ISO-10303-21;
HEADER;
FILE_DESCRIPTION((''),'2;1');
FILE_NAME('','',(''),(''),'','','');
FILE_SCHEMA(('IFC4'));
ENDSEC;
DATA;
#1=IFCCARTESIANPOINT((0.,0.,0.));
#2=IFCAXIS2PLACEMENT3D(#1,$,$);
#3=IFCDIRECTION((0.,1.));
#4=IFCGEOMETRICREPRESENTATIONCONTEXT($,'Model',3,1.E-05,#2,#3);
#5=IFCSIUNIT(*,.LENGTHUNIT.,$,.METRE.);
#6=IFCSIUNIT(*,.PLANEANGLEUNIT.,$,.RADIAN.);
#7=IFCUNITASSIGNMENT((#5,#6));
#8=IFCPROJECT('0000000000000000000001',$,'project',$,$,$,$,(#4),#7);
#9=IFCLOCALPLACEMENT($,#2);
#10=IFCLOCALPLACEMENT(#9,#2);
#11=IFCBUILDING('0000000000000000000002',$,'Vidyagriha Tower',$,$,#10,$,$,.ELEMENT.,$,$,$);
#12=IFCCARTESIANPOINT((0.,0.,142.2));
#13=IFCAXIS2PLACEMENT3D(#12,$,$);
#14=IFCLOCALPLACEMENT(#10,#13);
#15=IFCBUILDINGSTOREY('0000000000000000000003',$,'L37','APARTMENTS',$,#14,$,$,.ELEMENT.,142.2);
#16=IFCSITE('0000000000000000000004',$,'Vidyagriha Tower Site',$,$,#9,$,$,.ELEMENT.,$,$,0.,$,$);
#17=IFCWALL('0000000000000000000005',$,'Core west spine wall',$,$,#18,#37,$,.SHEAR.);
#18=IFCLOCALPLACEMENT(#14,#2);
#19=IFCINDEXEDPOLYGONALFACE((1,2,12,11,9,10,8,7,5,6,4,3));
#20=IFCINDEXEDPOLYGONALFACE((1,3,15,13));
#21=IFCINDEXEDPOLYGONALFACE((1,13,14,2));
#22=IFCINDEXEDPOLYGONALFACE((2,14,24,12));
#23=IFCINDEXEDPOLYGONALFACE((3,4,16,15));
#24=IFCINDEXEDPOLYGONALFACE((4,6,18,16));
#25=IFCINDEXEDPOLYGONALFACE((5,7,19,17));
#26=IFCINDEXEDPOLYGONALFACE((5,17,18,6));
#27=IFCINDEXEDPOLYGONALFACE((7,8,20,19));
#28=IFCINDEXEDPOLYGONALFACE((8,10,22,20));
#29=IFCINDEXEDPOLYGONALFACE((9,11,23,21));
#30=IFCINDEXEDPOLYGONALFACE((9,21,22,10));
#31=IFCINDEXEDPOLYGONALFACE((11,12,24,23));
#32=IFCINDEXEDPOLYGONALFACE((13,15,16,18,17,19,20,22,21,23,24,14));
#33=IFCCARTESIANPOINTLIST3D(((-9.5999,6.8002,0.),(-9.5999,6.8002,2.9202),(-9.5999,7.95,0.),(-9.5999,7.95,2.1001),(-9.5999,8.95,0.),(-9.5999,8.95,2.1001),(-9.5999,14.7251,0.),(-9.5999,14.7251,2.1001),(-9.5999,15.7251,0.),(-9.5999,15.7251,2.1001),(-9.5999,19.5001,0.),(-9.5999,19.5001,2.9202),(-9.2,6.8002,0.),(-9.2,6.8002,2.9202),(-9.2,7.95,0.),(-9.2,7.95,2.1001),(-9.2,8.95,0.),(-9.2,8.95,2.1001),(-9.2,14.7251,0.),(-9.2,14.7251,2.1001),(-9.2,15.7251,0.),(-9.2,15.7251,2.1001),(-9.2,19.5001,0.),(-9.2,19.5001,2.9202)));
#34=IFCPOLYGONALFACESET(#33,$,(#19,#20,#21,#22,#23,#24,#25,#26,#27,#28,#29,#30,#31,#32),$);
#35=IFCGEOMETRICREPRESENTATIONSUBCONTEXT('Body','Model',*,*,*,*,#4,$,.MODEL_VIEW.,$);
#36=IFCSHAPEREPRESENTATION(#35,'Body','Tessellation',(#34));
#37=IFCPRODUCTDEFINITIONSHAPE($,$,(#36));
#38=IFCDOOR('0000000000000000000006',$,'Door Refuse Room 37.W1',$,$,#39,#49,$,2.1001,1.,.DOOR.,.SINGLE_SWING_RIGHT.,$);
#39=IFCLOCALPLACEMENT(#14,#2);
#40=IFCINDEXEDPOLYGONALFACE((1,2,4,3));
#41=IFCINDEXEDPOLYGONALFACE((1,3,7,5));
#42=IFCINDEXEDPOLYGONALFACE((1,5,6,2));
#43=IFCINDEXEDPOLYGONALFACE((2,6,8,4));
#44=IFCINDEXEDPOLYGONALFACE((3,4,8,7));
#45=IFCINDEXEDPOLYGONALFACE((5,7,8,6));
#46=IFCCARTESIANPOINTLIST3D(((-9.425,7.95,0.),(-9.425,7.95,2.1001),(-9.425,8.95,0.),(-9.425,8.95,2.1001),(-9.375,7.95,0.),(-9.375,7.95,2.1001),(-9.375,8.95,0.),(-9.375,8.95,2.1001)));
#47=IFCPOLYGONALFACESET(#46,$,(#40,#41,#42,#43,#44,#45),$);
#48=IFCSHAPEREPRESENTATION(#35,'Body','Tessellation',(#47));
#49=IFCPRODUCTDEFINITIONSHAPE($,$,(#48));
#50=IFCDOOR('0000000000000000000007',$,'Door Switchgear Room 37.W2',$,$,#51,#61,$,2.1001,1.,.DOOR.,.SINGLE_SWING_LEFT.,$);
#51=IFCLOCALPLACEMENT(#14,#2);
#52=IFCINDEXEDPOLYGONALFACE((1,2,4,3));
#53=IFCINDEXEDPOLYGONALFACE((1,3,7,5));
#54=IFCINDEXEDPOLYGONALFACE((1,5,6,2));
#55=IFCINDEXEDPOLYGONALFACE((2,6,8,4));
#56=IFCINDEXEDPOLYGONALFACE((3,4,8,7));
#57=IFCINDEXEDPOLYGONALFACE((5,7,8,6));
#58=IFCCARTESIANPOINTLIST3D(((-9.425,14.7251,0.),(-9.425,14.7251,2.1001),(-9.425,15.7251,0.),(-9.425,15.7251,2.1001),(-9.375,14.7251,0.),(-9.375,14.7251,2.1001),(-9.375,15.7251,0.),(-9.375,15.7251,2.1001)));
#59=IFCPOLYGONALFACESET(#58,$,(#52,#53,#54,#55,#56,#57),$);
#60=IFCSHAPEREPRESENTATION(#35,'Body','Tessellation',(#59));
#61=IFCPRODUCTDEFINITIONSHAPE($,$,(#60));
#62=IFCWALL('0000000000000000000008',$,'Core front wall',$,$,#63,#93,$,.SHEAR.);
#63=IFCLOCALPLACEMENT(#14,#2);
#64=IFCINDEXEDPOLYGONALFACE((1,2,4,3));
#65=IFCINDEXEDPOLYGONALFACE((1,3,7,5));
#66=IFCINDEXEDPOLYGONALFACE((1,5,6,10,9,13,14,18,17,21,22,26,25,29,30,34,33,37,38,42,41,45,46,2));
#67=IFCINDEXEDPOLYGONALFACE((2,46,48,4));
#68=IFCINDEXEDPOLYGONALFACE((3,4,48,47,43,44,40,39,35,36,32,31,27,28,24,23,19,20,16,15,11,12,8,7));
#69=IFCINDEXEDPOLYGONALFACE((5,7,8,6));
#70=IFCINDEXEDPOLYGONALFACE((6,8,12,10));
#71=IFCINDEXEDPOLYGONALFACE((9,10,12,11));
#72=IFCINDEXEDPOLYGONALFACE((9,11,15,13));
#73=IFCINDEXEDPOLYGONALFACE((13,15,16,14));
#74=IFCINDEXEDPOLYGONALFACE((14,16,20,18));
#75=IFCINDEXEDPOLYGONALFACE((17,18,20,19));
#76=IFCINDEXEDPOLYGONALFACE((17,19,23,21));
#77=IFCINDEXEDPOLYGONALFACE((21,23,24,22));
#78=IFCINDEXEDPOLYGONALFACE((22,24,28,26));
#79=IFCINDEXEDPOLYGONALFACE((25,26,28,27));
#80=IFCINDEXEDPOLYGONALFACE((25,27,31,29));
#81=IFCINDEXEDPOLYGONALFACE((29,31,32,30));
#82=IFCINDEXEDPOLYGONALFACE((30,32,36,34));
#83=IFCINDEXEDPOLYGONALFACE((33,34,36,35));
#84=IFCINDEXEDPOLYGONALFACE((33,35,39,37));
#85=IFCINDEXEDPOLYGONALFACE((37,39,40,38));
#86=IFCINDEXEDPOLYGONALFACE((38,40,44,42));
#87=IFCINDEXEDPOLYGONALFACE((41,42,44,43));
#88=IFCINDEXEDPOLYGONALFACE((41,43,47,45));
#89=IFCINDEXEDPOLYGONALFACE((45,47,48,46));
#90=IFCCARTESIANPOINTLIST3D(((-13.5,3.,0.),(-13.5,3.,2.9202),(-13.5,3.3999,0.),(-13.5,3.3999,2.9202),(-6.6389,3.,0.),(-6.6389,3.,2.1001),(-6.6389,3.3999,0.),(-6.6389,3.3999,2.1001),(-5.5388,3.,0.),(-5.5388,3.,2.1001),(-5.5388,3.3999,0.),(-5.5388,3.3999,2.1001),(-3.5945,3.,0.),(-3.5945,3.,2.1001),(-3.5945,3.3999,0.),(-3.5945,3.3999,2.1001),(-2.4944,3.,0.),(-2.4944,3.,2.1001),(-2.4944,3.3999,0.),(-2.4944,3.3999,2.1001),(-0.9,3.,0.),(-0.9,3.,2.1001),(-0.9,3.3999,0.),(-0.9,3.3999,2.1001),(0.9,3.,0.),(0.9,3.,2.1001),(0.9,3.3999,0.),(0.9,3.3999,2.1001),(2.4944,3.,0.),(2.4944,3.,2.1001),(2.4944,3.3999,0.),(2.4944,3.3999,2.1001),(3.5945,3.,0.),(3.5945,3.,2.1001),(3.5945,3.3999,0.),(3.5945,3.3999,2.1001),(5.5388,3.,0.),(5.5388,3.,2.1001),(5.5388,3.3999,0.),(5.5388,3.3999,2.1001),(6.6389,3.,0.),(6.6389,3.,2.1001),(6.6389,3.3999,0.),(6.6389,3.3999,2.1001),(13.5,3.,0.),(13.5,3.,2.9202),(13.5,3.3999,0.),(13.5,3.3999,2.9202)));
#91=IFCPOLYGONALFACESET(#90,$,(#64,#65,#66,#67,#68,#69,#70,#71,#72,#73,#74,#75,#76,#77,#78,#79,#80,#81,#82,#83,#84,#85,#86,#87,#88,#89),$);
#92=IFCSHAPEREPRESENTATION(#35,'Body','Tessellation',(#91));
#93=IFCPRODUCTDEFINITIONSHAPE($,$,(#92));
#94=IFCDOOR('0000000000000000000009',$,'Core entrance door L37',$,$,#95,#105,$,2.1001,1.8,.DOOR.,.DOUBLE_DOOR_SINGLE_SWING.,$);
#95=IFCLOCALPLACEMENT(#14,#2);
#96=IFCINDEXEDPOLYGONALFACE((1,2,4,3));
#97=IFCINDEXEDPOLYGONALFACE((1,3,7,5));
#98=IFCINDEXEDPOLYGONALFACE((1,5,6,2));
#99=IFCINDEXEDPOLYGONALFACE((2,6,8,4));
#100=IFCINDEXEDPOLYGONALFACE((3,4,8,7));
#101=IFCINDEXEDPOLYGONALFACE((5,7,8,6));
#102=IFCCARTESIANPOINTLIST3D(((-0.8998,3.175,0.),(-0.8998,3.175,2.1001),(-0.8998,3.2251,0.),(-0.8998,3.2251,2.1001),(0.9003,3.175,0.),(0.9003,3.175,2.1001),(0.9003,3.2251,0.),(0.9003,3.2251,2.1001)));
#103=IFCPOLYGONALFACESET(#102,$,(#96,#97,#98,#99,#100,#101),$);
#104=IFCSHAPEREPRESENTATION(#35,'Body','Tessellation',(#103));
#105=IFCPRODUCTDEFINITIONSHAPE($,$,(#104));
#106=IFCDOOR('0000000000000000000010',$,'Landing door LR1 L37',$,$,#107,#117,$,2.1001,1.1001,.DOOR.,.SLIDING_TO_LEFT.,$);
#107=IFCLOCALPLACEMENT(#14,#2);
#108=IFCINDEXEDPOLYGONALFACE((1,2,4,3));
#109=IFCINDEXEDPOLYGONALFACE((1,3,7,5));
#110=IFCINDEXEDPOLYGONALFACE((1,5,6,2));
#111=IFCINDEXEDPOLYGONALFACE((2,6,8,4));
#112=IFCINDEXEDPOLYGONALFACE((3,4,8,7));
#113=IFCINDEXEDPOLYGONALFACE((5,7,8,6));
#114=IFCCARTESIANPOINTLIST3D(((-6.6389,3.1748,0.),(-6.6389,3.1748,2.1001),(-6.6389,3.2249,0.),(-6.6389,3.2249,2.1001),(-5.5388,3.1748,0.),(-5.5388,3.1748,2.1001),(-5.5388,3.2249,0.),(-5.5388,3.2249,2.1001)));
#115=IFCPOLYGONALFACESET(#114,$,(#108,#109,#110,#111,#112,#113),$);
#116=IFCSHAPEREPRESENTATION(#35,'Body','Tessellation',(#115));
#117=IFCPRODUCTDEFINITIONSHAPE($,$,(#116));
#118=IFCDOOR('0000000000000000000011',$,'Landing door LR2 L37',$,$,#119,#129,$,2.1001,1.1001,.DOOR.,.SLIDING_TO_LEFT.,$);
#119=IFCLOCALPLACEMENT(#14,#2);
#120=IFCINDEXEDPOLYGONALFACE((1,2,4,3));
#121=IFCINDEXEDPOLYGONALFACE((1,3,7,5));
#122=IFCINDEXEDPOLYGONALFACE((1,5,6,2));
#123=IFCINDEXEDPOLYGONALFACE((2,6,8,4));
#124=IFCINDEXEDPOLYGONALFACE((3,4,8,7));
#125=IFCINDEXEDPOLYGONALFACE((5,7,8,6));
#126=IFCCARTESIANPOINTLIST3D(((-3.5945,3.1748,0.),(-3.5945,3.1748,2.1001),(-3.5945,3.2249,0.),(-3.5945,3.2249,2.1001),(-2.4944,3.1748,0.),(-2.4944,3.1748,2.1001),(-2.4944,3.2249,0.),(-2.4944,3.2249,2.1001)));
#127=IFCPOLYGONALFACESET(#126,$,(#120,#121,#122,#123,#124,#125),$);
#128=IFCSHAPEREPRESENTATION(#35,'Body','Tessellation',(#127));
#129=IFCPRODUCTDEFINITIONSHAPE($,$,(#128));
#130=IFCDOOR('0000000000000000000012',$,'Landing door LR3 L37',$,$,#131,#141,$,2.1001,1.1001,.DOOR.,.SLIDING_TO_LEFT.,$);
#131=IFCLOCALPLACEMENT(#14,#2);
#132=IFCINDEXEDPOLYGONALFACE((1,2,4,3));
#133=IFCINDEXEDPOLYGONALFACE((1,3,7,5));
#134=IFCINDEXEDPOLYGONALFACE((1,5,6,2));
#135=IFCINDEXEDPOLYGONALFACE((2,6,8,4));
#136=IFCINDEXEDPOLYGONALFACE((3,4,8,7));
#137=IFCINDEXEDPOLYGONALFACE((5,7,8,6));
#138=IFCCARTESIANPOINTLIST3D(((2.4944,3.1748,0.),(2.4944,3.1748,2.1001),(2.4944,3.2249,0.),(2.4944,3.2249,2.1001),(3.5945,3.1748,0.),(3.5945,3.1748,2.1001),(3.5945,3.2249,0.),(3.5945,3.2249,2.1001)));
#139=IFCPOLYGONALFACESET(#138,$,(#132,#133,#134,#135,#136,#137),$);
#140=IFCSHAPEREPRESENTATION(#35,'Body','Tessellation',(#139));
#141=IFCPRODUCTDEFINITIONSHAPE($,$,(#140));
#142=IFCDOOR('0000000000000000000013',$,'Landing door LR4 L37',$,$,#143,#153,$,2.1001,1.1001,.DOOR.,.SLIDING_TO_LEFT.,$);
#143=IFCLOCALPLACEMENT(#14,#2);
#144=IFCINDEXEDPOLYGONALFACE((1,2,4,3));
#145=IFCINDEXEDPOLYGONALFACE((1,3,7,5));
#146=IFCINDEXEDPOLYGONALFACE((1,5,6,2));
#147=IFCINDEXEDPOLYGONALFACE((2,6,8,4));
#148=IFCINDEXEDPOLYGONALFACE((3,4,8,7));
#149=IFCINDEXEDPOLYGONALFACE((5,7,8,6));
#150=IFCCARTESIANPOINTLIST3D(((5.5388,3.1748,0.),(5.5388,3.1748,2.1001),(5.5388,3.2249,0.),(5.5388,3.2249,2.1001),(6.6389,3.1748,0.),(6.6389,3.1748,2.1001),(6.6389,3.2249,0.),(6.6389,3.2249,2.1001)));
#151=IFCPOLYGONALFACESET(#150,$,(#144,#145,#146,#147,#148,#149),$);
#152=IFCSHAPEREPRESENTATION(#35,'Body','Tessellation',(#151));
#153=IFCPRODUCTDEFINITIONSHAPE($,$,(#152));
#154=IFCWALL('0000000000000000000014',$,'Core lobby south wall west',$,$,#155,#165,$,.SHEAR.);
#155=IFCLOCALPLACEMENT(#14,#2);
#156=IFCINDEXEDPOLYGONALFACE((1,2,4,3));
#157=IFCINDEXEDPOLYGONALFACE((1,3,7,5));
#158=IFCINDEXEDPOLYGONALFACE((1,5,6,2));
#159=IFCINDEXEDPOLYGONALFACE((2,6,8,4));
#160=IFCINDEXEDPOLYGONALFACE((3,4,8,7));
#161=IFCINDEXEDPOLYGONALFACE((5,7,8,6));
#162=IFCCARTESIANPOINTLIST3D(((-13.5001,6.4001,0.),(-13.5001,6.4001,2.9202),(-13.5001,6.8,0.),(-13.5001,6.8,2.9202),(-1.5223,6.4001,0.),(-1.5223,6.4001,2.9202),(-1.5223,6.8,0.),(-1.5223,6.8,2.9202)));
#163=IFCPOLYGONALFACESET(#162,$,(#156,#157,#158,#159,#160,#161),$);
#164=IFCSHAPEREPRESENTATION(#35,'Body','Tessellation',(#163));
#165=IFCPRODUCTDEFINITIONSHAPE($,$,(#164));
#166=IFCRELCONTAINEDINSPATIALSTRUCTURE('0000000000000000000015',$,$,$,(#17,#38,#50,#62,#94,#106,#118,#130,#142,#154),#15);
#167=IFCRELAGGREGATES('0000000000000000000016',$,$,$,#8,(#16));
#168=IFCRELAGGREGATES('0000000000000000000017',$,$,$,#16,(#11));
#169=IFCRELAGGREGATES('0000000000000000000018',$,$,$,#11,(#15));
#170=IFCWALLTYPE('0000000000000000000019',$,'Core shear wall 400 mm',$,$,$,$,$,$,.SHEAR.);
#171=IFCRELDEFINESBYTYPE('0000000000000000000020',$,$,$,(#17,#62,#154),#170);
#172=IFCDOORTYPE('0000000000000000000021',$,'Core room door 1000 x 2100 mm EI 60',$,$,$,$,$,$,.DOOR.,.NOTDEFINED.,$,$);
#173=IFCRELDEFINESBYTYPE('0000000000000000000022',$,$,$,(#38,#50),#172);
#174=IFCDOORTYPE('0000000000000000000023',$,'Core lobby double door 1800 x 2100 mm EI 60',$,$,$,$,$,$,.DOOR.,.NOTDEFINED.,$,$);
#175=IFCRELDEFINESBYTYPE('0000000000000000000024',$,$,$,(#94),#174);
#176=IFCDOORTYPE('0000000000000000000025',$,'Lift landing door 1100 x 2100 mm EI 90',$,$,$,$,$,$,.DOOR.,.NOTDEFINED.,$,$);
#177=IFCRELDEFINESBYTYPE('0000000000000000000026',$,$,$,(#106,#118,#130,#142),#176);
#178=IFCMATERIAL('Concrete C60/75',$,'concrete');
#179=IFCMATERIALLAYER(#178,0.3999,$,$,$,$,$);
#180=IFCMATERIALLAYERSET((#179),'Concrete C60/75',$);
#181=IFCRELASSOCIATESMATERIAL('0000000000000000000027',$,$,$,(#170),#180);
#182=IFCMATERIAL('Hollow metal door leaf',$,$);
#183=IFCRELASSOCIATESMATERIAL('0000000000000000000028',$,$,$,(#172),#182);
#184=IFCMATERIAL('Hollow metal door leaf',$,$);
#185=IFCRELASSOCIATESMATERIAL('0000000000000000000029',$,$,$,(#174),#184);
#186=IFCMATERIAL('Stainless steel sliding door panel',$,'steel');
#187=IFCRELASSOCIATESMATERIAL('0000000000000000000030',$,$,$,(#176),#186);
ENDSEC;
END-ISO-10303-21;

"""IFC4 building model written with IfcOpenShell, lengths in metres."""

from ifc_helpers import new_model, si_unit, direction, frame, frame_2d, origin, place, context, subcontext, project, spatial, rectangle, extrude, material, layer, layer_set, type_object, element, fill, save


model = new_model("IFC4")

# Units and contexts
model_context = context("Model", 3, precision=1e-05, world=origin(), true_north=direction((0.0, 1.0)))
body_context = subcontext(model_context, "Body", "Model", "MODEL_VIEW")
ifc_project = project(units=[si_unit("LENGTHUNIT", "METRE"), si_unit("PLANEANGLEUNIT", "RADIAN")], contexts=[model_context])

# Site, building, storey
site_placement = place(None, origin())
site = spatial("IfcSite", under=ifc_project, at=site_placement, Name="Vidyagriha Tower Site", CompositionType="ELEMENT", RefElevation=0.0)
building_placement = place(site_placement, origin())
building = spatial("IfcBuilding", under=site, at=building_placement, Name="Vidyagriha Tower", CompositionType="ELEMENT")
storey_placement = place(building_placement, frame((0.0, 0.0, 142.2)))
storey = spatial("IfcBuildingStorey", under=building, at=storey_placement, Name="L37", Description="APARTMENTS", CompositionType="ELEMENT", Elevation=142.2)

# Walls, openings, doors
ifc_material_1 = material(Name="Concrete C60/75", Category="concrete")
ifc_layer_1 = layer(ifc_material_1, 0.3999)
ifc_layer_set_1 = layer_set([ifc_layer_1], Name="Concrete C60/75")
wall_type_1 = type_object("IfcWallType", Name="Core shear wall 400 mm", PredefinedType="SHEAR", material=ifc_layer_set_1)
wall_1_placement = place(storey_placement, frame((-9.3999, 6.8, 0.0), z_axis=(0.0, 0.0, 1.0), x_axis=(0.0, 1.0, 0.0)))
wall_1 = element("IfcWall", 1, at=wall_1_placement, inside=storey, type_object=wall_type_1, Name="Core west spine wall", PredefinedType="SHEAR", context=body_context, shape_type="SweptSolid", body=[
    extrude(rectangle(XDim=12.7, YDim=0.3999, at=frame_2d((6.3501, 0.0))), origin(), (0.0, 0.0, 1.0), 2.9202),
])
opening_1_placement = place(wall_1_placement, frame((1.1499, 0.0, 0.0)))
opening_1 = element("IfcOpeningElement", 2, at=opening_1_placement, cuts=wall_1, PredefinedType="OPENING", context=body_context, shape_type="SweptSolid", body=[
    extrude(rectangle(XDim=1.0, YDim=2.1001, at=frame_2d((0.5, 1.05))), frame((0.0, 0.21, 0.0), z_axis=(0.0, -1.0, 0.0), x_axis=(1.0, 0.0, 0.0)), (0.0, 0.0, 1.0), 0.4199),
])
opening_2_placement = place(wall_1_placement, frame((7.925, 0.0, 0.0)))
opening_2 = element("IfcOpeningElement", 3, at=opening_2_placement, cuts=wall_1, PredefinedType="OPENING", context=body_context, shape_type="SweptSolid", body=[
    extrude(rectangle(XDim=1.0, YDim=2.1001, at=frame_2d((0.5, 1.05))), frame((0.0, 0.21, 0.0), z_axis=(0.0, -1.0, 0.0), x_axis=(1.0, 0.0, 0.0)), (0.0, 0.0, 1.0), 0.4199),
])
ifc_material_2 = material(Name="Hollow metal door leaf")
door_type_1 = type_object("IfcDoorType", Name="Core room door 1000 x 2100 mm EI 60", OperationType="NOTDEFINED", PredefinedType="DOOR", material=ifc_material_2)
door_1_placement = place(opening_1_placement, frame((1.0, 0.0, 0.0), z_axis=(0.0, 0.0, 1.0), x_axis=(-1.0, 0.0, 0.0)))
door_1 = element("IfcDoor", 4, at=door_1_placement, inside=storey, type_object=door_type_1, Name="Door Refuse Room 37.W1", OperationType="SINGLE_SWING_RIGHT", OverallHeight=2.1001, OverallWidth=1.0, PredefinedType="DOOR", context=body_context, shape_type="SweptSolid", body=[
    extrude(rectangle(XDim=1.0, YDim=2.1001, at=frame_2d((0.5, 1.05))), frame((0.0, 0.0249, 0.0), z_axis=(0.0, -1.0, 0.0), x_axis=(1.0, 0.0, 0.0)), (0.0, 0.0, 1.0), 0.05),
])
fill(opening_1, door_1)
door_2_placement = place(opening_2_placement, frame((1.0, 0.0, 0.0), z_axis=(0.0, 0.0, 1.0), x_axis=(-1.0, 0.0, 0.0)))
door_2 = element("IfcDoor", 5, at=door_2_placement, inside=storey, type_object=door_type_1, Name="Door Switchgear Room 37.W2", OperationType="SINGLE_SWING_LEFT", OverallHeight=2.1001, OverallWidth=1.0, PredefinedType="DOOR", context=body_context, shape_type="SweptSolid", body=[
    extrude(rectangle(XDim=1.0, YDim=2.1001, at=frame_2d((0.5, 1.05))), frame((0.0, 0.0249, 0.0), z_axis=(0.0, -1.0, 0.0), x_axis=(1.0, 0.0, 0.0)), (0.0, 0.0, 1.0), 0.05),
])
fill(opening_2, door_2)
wall_2_placement = place(storey_placement, frame((-13.5, 3.2, 0.0)))
wall_2 = element("IfcWall", 6, at=wall_2_placement, inside=storey, type_object=wall_type_1, Name="Core front wall", PredefinedType="SHEAR", context=body_context, shape_type="SweptSolid", body=[
    extrude(rectangle(XDim=27.0, YDim=0.3999, at=frame_2d((13.5, 0.0))), origin(), (0.0, 0.0, 1.0), 2.9202),
])
opening_3_placement = place(wall_2_placement, frame((6.8611, 0.0, 0.0)))
opening_3 = element("IfcOpeningElement", 7, at=opening_3_placement, cuts=wall_2, PredefinedType="OPENING", context=body_context, shape_type="SweptSolid", body=[
    extrude(rectangle(XDim=1.1001, YDim=2.1001, at=frame_2d((0.55, 1.05))), frame((0.0, 0.21, 0.0), z_axis=(0.0, -1.0, 0.0), x_axis=(1.0, 0.0, 0.0)), (0.0, 0.0, 1.0), 0.4199),
])
opening_4_placement = place(wall_2_placement, frame((9.9055, 0.0, 0.0)))
opening_4 = element("IfcOpeningElement", 8, at=opening_4_placement, cuts=wall_2, PredefinedType="OPENING", context=body_context, shape_type="SweptSolid", body=[
    extrude(rectangle(XDim=1.1001, YDim=2.1001, at=frame_2d((0.55, 1.05))), frame((0.0, 0.21, 0.0), z_axis=(0.0, -1.0, 0.0), x_axis=(1.0, 0.0, 0.0)), (0.0, 0.0, 1.0), 0.4199),
])
opening_5_placement = place(wall_2_placement, frame((15.9944, 0.0, 0.0)))
opening_5 = element("IfcOpeningElement", 9, at=opening_5_placement, cuts=wall_2, PredefinedType="OPENING", context=body_context, shape_type="SweptSolid", body=[
    extrude(rectangle(XDim=1.1001, YDim=2.1001, at=frame_2d((0.55, 1.05))), frame((0.0, 0.21, 0.0), z_axis=(0.0, -1.0, 0.0), x_axis=(1.0, 0.0, 0.0)), (0.0, 0.0, 1.0), 0.4199),
])
opening_6_placement = place(wall_2_placement, frame((19.0388, 0.0, 0.0)))
opening_6 = element("IfcOpeningElement", 10, at=opening_6_placement, cuts=wall_2, PredefinedType="OPENING", context=body_context, shape_type="SweptSolid", body=[
    extrude(rectangle(XDim=1.1001, YDim=2.1001, at=frame_2d((0.55, 1.05))), frame((0.0, 0.21, 0.0), z_axis=(0.0, -1.0, 0.0), x_axis=(1.0, 0.0, 0.0)), (0.0, 0.0, 1.0), 0.4199),
])
opening_7_placement = place(wall_2_placement, frame((12.6001, 0.0, 0.0)))
opening_7 = element("IfcOpeningElement", 11, at=opening_7_placement, cuts=wall_2, PredefinedType="OPENING", context=body_context, shape_type="SweptSolid", body=[
    extrude(rectangle(XDim=1.8, YDim=2.1001, at=frame_2d((0.8999, 1.05))), frame((0.0, 0.21, 0.0), z_axis=(0.0, -1.0, 0.0), x_axis=(1.0, 0.0, 0.0)), (0.0, 0.0, 1.0), 0.4199),
])
ifc_material_3 = material(Name="Hollow metal door leaf")
door_type_2 = type_object("IfcDoorType", Name="Core lobby double door 1800 x 2100 mm EI 60", OperationType="NOTDEFINED", PredefinedType="DOOR", material=ifc_material_3)
door_3_placement = place(opening_7_placement, frame((1.8, 0.0, 0.0), z_axis=(0.0, 0.0, 1.0), x_axis=(-1.0, 0.0, 0.0)))
door_3 = element("IfcDoor", 12, at=door_3_placement, inside=storey, type_object=door_type_2, Name="Core entrance door L37", OperationType="DOUBLE_DOOR_SINGLE_SWING", OverallHeight=2.1001, OverallWidth=1.8, PredefinedType="DOOR", context=body_context, shape_type="SweptSolid", body=[
    extrude(rectangle(XDim=1.8, YDim=2.1001, at=frame_2d((0.8999, 1.05))), frame((0.0, 0.0249, 0.0), z_axis=(0.0, -1.0, 0.0), x_axis=(1.0, 0.0, 0.0)), (0.0, 0.0, 1.0), 0.05),
])
fill(opening_7, door_3)
ifc_material_4 = material(Name="Stainless steel sliding door panel", Category="steel")
door_type_3 = type_object("IfcDoorType", Name="Lift landing door 1100 x 2100 mm EI 90", OperationType="NOTDEFINED", PredefinedType="DOOR", material=ifc_material_4)
door_4_placement = place(opening_3_placement, origin())
door_4 = element("IfcDoor", 13, at=door_4_placement, inside=storey, type_object=door_type_3, Name="Landing door LR1 L37", OperationType="SLIDING_TO_LEFT", OverallHeight=2.1001, OverallWidth=1.1001, PredefinedType="DOOR", context=body_context, shape_type="SweptSolid", body=[
    extrude(rectangle(XDim=1.1001, YDim=2.1001, at=frame_2d((0.55, 1.05))), frame((0.0, 0.0249, 0.0), z_axis=(0.0, -1.0, 0.0), x_axis=(1.0, 0.0, 0.0)), (0.0, 0.0, 1.0), 0.05),
])
fill(opening_3, door_4)
door_5_placement = place(opening_4_placement, origin())
door_5 = element("IfcDoor", 14, at=door_5_placement, inside=storey, type_object=door_type_3, Name="Landing door LR2 L37", OperationType="SLIDING_TO_LEFT", OverallHeight=2.1001, OverallWidth=1.1001, PredefinedType="DOOR", context=body_context, shape_type="SweptSolid", body=[
    extrude(rectangle(XDim=1.1001, YDim=2.1001, at=frame_2d((0.55, 1.05))), frame((0.0, 0.0249, 0.0), z_axis=(0.0, -1.0, 0.0), x_axis=(1.0, 0.0, 0.0)), (0.0, 0.0, 1.0), 0.05),
])
fill(opening_4, door_5)
door_6_placement = place(opening_5_placement, origin())
door_6 = element("IfcDoor", 15, at=door_6_placement, inside=storey, type_object=door_type_3, Name="Landing door LR3 L37", OperationType="SLIDING_TO_LEFT", OverallHeight=2.1001, OverallWidth=1.1001, PredefinedType="DOOR", context=body_context, shape_type="SweptSolid", body=[
    extrude(rectangle(XDim=1.1001, YDim=2.1001, at=frame_2d((0.55, 1.05))), frame((0.0, 0.0249, 0.0), z_axis=(0.0, -1.0, 0.0), x_axis=(1.0, 0.0, 0.0)), (0.0, 0.0, 1.0), 0.05),
])
fill(opening_5, door_6)
door_7_placement = place(opening_6_placement, origin())
door_7 = element("IfcDoor", 16, at=door_7_placement, inside=storey, type_object=door_type_3, Name="Landing door LR4 L37", OperationType="SLIDING_TO_LEFT", OverallHeight=2.1001, OverallWidth=1.1001, PredefinedType="DOOR", context=body_context, shape_type="SweptSolid", body=[
    extrude(rectangle(XDim=1.1001, YDim=2.1001, at=frame_2d((0.55, 1.05))), frame((0.0, 0.0249, 0.0), z_axis=(0.0, -1.0, 0.0), x_axis=(1.0, 0.0, 0.0)), (0.0, 0.0, 1.0), 0.05),
])
fill(opening_6, door_7)

# Wall
wall_3_placement = place(storey_placement, frame((-13.5, 6.6001, 0.0)))
element("IfcWall", 17, at=wall_3_placement, inside=storey, type_object=wall_type_1, Name="Core lobby south wall west", PredefinedType="SHEAR", context=body_context, shape_type="SweptSolid", body=[
    extrude(rectangle(XDim=11.9778, YDim=0.3999, at=frame_2d((5.9888, 0.0))), origin(), (0.0, 0.0, 1.0), 2.9202),
])

save(model, "model.ifc")
